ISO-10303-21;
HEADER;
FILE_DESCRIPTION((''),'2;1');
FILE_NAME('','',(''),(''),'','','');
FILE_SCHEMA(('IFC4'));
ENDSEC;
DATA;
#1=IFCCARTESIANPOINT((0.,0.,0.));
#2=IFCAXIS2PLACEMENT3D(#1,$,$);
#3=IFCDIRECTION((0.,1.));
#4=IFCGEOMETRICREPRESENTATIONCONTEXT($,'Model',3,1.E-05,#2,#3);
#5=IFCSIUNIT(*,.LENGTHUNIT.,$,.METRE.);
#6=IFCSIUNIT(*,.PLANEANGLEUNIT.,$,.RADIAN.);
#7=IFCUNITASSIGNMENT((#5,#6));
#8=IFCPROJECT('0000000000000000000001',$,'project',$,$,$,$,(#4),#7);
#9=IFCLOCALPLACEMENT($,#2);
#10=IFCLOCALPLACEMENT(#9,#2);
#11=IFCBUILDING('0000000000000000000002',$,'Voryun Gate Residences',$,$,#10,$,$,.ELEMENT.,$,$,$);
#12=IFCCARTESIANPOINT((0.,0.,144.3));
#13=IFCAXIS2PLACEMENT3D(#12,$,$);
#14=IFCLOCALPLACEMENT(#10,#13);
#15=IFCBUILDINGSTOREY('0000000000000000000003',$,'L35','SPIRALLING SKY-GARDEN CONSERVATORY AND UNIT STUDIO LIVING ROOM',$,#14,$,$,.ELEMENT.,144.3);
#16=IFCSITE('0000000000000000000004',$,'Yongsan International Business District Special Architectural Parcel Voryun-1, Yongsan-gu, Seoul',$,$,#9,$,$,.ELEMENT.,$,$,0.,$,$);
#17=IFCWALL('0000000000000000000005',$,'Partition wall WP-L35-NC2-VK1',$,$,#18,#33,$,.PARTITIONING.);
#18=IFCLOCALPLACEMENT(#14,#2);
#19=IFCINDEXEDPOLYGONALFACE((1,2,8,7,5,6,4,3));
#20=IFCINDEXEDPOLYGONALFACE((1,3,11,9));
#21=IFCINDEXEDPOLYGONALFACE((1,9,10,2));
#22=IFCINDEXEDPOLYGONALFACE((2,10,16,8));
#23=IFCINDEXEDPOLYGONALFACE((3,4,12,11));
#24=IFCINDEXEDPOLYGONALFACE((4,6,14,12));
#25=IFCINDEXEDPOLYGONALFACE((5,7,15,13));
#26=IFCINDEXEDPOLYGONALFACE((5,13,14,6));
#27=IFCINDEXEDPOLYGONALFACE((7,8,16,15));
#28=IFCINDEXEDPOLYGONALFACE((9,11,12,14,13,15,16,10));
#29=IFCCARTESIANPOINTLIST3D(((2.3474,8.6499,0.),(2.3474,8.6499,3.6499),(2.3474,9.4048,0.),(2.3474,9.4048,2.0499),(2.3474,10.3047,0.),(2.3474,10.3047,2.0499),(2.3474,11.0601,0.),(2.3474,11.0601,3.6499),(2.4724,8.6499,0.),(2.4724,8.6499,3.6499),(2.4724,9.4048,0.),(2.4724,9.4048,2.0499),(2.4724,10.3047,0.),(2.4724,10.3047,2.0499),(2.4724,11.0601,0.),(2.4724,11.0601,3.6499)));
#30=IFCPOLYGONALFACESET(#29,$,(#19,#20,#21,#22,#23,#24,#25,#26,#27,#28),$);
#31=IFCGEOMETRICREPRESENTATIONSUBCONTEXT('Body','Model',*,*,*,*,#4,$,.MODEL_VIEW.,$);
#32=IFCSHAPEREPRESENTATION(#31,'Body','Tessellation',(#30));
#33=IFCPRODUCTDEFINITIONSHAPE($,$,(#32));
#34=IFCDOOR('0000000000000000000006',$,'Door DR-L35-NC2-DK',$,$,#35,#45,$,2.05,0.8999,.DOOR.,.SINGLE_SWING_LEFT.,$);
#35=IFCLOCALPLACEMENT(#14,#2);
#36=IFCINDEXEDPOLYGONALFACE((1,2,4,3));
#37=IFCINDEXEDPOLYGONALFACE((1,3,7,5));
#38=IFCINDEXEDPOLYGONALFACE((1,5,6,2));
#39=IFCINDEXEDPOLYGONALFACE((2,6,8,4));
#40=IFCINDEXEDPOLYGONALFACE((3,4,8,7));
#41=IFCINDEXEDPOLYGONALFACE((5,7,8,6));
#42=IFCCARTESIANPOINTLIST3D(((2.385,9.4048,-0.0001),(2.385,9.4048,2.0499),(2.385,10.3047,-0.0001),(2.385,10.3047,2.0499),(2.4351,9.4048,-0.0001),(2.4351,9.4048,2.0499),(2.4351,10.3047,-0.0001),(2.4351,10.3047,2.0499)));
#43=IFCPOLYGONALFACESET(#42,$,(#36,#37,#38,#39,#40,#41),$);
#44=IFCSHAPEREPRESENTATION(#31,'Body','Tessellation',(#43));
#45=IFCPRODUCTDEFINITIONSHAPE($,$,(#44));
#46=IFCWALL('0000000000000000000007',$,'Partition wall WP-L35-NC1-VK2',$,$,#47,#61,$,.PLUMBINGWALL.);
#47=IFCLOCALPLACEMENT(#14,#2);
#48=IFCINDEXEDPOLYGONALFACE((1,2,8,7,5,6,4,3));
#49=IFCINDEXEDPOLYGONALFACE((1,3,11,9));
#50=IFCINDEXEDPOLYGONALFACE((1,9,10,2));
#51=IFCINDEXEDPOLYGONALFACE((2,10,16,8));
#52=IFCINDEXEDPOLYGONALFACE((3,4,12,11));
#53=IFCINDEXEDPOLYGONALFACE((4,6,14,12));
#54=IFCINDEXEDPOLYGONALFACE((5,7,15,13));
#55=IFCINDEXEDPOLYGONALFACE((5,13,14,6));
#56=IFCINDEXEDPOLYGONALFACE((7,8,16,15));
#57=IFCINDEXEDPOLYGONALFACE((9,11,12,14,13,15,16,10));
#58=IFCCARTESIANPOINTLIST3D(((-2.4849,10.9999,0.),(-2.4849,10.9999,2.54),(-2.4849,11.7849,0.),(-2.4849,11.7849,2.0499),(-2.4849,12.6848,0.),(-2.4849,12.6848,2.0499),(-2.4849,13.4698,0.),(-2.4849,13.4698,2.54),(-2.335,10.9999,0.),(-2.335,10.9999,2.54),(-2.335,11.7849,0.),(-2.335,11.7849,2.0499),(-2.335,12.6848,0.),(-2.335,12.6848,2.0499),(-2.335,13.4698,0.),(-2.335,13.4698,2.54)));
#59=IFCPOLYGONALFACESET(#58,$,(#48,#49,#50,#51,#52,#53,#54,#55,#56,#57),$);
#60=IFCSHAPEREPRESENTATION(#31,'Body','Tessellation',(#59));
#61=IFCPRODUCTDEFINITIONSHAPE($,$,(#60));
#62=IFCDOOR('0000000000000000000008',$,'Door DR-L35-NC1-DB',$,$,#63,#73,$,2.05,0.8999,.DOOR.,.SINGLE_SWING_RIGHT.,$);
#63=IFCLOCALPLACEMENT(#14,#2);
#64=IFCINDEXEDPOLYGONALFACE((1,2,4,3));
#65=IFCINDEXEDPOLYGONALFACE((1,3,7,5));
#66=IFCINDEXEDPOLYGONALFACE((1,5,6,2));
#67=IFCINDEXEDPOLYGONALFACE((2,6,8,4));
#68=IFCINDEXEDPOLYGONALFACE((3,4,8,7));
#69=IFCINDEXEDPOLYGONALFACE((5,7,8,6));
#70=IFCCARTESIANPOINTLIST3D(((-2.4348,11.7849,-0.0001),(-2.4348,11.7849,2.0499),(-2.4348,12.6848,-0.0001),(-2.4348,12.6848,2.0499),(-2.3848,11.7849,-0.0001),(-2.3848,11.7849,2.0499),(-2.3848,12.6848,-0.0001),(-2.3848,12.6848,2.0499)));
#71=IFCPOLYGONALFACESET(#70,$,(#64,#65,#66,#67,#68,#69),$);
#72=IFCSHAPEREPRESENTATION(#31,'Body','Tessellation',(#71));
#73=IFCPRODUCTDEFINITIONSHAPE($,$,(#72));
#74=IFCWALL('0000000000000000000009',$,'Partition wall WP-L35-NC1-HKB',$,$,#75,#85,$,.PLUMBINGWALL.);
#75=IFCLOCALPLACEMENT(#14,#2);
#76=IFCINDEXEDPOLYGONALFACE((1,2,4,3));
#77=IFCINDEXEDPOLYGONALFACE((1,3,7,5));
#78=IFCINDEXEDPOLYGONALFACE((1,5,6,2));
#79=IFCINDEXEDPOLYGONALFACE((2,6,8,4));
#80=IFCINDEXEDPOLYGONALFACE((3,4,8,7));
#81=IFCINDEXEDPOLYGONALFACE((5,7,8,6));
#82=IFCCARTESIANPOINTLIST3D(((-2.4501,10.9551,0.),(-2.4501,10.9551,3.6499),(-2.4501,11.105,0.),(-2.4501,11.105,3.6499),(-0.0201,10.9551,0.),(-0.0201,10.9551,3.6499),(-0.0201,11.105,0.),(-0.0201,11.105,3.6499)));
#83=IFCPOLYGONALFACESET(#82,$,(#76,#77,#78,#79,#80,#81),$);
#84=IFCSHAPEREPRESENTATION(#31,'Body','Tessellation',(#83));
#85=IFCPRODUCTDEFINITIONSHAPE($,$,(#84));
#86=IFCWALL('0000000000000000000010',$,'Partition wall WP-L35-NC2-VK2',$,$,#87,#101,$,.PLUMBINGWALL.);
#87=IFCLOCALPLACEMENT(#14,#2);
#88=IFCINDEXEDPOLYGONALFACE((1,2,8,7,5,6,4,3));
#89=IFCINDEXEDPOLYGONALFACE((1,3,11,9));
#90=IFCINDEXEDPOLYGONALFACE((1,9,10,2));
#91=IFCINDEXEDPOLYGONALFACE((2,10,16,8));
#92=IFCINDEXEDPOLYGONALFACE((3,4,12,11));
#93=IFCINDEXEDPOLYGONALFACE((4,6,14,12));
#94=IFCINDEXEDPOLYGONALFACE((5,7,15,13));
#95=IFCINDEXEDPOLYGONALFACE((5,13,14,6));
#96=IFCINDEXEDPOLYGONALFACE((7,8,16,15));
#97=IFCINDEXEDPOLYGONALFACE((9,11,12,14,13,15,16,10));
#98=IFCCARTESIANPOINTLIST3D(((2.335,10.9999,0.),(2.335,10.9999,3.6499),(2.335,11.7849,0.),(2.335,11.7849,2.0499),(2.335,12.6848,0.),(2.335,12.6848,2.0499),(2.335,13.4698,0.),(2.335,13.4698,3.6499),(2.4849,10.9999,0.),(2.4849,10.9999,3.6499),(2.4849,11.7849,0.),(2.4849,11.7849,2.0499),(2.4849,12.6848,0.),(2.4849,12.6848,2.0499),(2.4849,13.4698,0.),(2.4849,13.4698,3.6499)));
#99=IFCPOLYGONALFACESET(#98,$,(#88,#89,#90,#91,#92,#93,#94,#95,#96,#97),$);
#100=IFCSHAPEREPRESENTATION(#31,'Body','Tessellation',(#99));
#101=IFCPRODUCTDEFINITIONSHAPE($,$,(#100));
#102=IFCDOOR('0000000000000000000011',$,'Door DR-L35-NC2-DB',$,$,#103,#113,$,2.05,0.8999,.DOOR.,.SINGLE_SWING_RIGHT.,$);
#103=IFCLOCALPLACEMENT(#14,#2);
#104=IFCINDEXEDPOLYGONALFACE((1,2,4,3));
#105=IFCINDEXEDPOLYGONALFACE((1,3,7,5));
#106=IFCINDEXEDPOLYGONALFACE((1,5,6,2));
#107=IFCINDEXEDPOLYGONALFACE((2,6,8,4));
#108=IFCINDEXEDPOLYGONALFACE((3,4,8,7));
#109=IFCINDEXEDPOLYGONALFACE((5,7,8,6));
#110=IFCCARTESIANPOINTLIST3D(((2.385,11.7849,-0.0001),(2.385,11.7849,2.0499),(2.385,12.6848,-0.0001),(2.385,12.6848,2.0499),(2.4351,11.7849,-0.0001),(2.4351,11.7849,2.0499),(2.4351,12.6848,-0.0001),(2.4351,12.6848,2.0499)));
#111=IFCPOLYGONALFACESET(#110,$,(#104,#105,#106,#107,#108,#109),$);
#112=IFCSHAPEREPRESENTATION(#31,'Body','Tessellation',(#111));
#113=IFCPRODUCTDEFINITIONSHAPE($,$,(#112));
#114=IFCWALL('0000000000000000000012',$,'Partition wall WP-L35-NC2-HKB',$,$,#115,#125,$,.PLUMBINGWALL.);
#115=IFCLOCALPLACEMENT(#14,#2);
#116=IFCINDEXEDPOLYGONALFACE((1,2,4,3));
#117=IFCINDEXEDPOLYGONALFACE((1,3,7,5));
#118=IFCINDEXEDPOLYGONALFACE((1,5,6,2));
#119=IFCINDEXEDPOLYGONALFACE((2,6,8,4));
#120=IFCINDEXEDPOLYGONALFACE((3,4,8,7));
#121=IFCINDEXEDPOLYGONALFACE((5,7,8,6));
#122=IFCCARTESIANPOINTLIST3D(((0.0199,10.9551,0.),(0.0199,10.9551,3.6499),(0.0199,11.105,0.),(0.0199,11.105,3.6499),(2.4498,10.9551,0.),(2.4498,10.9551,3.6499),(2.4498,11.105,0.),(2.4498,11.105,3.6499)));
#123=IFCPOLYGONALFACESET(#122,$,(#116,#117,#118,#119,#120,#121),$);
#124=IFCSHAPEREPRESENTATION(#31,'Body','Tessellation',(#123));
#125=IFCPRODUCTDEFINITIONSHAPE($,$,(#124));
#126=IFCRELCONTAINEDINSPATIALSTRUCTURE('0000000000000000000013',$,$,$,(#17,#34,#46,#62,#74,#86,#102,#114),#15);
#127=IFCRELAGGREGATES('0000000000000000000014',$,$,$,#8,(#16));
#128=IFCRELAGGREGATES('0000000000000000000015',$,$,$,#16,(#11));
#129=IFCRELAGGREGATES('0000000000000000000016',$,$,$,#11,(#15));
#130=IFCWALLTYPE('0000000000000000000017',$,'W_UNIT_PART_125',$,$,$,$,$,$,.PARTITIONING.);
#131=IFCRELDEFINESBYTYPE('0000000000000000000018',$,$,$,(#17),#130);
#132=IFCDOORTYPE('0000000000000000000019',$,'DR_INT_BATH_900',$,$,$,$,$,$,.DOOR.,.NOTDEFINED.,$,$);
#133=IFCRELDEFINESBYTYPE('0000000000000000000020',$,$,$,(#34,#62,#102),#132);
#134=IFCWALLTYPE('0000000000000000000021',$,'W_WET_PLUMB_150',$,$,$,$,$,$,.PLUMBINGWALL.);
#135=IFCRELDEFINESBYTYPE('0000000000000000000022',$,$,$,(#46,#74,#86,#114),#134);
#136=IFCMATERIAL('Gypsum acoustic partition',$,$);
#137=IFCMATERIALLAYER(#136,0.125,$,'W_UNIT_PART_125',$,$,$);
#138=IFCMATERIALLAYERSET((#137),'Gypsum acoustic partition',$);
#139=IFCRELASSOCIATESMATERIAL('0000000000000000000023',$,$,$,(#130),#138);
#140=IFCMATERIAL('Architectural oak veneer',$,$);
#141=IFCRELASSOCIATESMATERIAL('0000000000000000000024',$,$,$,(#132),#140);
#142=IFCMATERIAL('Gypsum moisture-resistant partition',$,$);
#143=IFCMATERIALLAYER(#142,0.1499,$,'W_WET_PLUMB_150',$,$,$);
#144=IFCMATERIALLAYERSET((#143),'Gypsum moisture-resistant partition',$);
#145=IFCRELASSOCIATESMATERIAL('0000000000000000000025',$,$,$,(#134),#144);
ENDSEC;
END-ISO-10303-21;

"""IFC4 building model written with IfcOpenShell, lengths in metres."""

from ifc_helpers import new_model, si_unit, direction, frame, frame_2d, origin, place, context, subcontext, project, spatial, rectangle, extrude, material, layer, layer_set, type_object, element, fill, save


model = new_model("IFC4")

# Units and contexts
model_context = context("Model", 3, precision=1e-05, world=origin(), true_north=direction((0.0, 1.0)))
body_context = subcontext(model_context, "Body", "Model", "MODEL_VIEW")
ifc_project = project(units=[si_unit("LENGTHUNIT", "METRE"), si_unit("PLANEANGLEUNIT", "RADIAN")], contexts=[model_context])

# Site, building, storey
site_placement = place(None, origin())
site = spatial("IfcSite", under=ifc_project, at=site_placement, Name="Yongsan International Business District Special Architectural Parcel Voryun-1, Yongsan-gu, Seoul", CompositionType="ELEMENT", RefElevation=0.0)
building_placement = place(site_placement, origin())
building = spatial("IfcBuilding", under=site, at=building_placement, Name="Voryun Gate Residences", CompositionType="ELEMENT")
storey_placement = place(building_placement, frame((0.0, 0.0, 144.3)))
storey = spatial("IfcBuildingStorey", under=building, at=storey_placement, Name="L35", Description="SPIRALLING SKY-GARDEN CONSERVATORY AND UNIT STUDIO LIVING ROOM", CompositionType="ELEMENT", Elevation=144.3)

# Shared definitions
ifc_material_1 = material(Name="Gypsum acoustic partition")
ifc_layer_1 = layer(ifc_material_1, 0.125, Name="W_UNIT_PART_125")
ifc_layer_set_1 = layer_set([ifc_layer_1], Name="Gypsum acoustic partition")
wall_type_1 = type_object("IfcWallType", Name="W_UNIT_PART_125", PredefinedType="PARTITIONING", material=ifc_layer_set_1)
ifc_material_2 = material(Name="Architectural oak veneer")
door_type = type_object("IfcDoorType", Name="DR_INT_BATH_900", OperationType="NOTDEFINED", PredefinedType="DOOR", material=ifc_material_2)

# Walls, openings, doors
wall_1_placement = place(storey_placement, frame((2.4099, 8.6499, 0.0), z_axis=(0.0, 0.0, 1.0), x_axis=(0.0, 1.0, 0.0)))
wall_1 = element("IfcWall", 1, at=wall_1_placement, inside=storey, type_object=wall_type_1, Name="Partition wall WP-L35-NC2-VK1", PredefinedType="PARTITIONING", context=body_context, shape_type="SweptSolid", body=[
    extrude(rectangle(XDim=2.4102, YDim=0.125, at=frame_2d((1.2051, 0.0))), origin(), (0.0, 0.0, 1.0), 3.6499),
])
opening_1_placement = place(wall_1_placement, frame((0.7549, 0.0, 0.0)))
opening_1 = element("IfcOpeningElement", 2, at=opening_1_placement, cuts=wall_1, PredefinedType="OPENING", context=body_context, shape_type="SweptSolid", body=[
    extrude(rectangle(XDim=0.8999, YDim=2.05, at=frame_2d((0.45, 1.0249))), frame((0.0, 0.0725, 0.0), z_axis=(0.0, -1.0, 0.0), x_axis=(1.0, 0.0, 0.0)), (0.0, 0.0, 1.0), 0.145),
])
door_1_placement = place(opening_1_placement, origin())
door_1 = element("IfcDoor", 3, at=door_1_placement, inside=storey, type_object=door_type, Name="Door DR-L35-NC2-DK", OperationType="SINGLE_SWING_LEFT", OverallHeight=2.05, OverallWidth=0.8999, PredefinedType="DOOR", context=body_context, shape_type="SweptSolid", body=[
    extrude(rectangle(XDim=0.8999, YDim=2.05, at=frame_2d((0.45, 1.0249))), frame((0.0, 0.0249, 0.0), z_axis=(0.0, -1.0, 0.0), x_axis=(1.0, 0.0, 0.0)), (0.0, 0.0, 1.0), 0.05),
])
fill(opening_1, door_1)
ifc_material_3 = material(Name="Gypsum moisture-resistant partition")
ifc_layer_2 = layer(ifc_material_3, 0.1499, Name="W_WET_PLUMB_150")
ifc_layer_set_2 = layer_set([ifc_layer_2], Name="Gypsum moisture-resistant partition")
wall_type_2 = type_object("IfcWallType", Name="W_WET_PLUMB_150", PredefinedType="PLUMBINGWALL", material=ifc_layer_set_2)
wall_2_placement = place(storey_placement, frame((-2.4099, 11.0, 0.0), z_axis=(0.0, 0.0, 1.0), x_axis=(0.0, 1.0, 0.0)))
wall_2 = element("IfcWall", 4, at=wall_2_placement, inside=storey, type_object=wall_type_2, Name="Partition wall WP-L35-NC1-VK2", PredefinedType="PLUMBINGWALL", context=body_context, shape_type="SweptSolid", body=[
    extrude(rectangle(XDim=2.47, YDim=0.1499, at=frame_2d((1.2349, 0.0))), origin(), (0.0, 0.0, 1.0), 2.54),
])
opening_2_placement = place(wall_2_placement, frame((0.7849, 0.0, 0.0)))
opening_2 = element("IfcOpeningElement", 5, at=opening_2_placement, cuts=wall_2, PredefinedType="OPENING", context=body_context, shape_type="SweptSolid", body=[
    extrude(rectangle(XDim=0.8999, YDim=2.05, at=frame_2d((0.45, 1.0249))), frame((0.0, 0.085, 0.0), z_axis=(0.0, -1.0, 0.0), x_axis=(1.0, 0.0, 0.0)), (0.0, 0.0, 1.0), 0.1699),
])
door_2_placement = place(opening_2_placement, origin())
door_2 = element("IfcDoor", 6, at=door_2_placement, inside=storey, type_object=door_type, Name="Door DR-L35-NC1-DB", OperationType="SINGLE_SWING_RIGHT", OverallHeight=2.05, OverallWidth=0.8999, PredefinedType="DOOR", context=body_context, shape_type="SweptSolid", body=[
    extrude(rectangle(XDim=0.8999, YDim=2.05, at=frame_2d((0.45, 1.0249))), frame((0.0, 0.0249, 0.0), z_axis=(0.0, -1.0, 0.0), x_axis=(1.0, 0.0, 0.0)), (0.0, 0.0, 1.0), 0.05),
])
fill(opening_2, door_2)

# Wall
wall_3_placement = place(storey_placement, frame((-2.45, 11.03, 0.0), z_axis=(0.0, 0.0, 1.0), x_axis=(1.0, 0.0, 0.0)))
element("IfcWall", 7, at=wall_3_placement, inside=storey, type_object=wall_type_2, Name="Partition wall WP-L35-NC1-HKB", PredefinedType="PLUMBINGWALL", context=body_context, shape_type="SweptSolid", body=[
    extrude(rectangle(XDim=2.4299, YDim=0.1499, at=frame_2d((1.2148, 0.0))), origin(), (0.0, 0.0, 1.0), 3.6499),
])

# Wall, opening, door
wall_4_placement = place(storey_placement, frame((2.4099, 11.0, 0.0), z_axis=(0.0, 0.0, 1.0), x_axis=(0.0, 1.0, 0.0)))
wall_4 = element("IfcWall", 8, at=wall_4_placement, inside=storey, type_object=wall_type_2, Name="Partition wall WP-L35-NC2-VK2", PredefinedType="PLUMBINGWALL", context=body_context, shape_type="SweptSolid", body=[
    extrude(rectangle(XDim=2.47, YDim=0.1499, at=frame_2d((1.2349, 0.0))), origin(), (0.0, 0.0, 1.0), 3.6499),
])
opening_3_placement = place(wall_4_placement, frame((0.7849, 0.0, 0.0)))
opening_3 = element("IfcOpeningElement", 9, at=opening_3_placement, cuts=wall_4, PredefinedType="OPENING", context=body_context, shape_type="SweptSolid", body=[
    extrude(rectangle(XDim=0.8999, YDim=2.05, at=frame_2d((0.45, 1.0249))), frame((0.0, 0.085, 0.0), z_axis=(0.0, -1.0, 0.0), x_axis=(1.0, 0.0, 0.0)), (0.0, 0.0, 1.0), 0.1699),
])
door_3_placement = place(opening_3_placement, origin())
door_3 = element("IfcDoor", 10, at=door_3_placement, inside=storey, type_object=door_type, Name="Door DR-L35-NC2-DB", OperationType="SINGLE_SWING_RIGHT", OverallHeight=2.05, OverallWidth=0.8999, PredefinedType="DOOR", context=body_context, shape_type="SweptSolid", body=[
    extrude(rectangle(XDim=0.8999, YDim=2.05, at=frame_2d((0.45, 1.0249))), frame((0.0, 0.0249, 0.0), z_axis=(0.0, -1.0, 0.0), x_axis=(1.0, 0.0, 0.0)), (0.0, 0.0, 1.0), 0.05),
])
fill(opening_3, door_3)

# Wall
wall_5_placement = place(storey_placement, frame((0.02, 11.03, 0.0), z_axis=(0.0, 0.0, 1.0), x_axis=(1.0, 0.0, 0.0)))
element("IfcWall", 11, at=wall_5_placement, inside=storey, type_object=wall_type_2, Name="Partition wall WP-L35-NC2-HKB", PredefinedType="PLUMBINGWALL", context=body_context, shape_type="SweptSolid", body=[
    extrude(rectangle(XDim=2.4299, YDim=0.1499, at=frame_2d((1.2148, 0.0))), origin(), (0.0, 0.0, 1.0), 3.6499),
])

save(model, "model.ifc")
